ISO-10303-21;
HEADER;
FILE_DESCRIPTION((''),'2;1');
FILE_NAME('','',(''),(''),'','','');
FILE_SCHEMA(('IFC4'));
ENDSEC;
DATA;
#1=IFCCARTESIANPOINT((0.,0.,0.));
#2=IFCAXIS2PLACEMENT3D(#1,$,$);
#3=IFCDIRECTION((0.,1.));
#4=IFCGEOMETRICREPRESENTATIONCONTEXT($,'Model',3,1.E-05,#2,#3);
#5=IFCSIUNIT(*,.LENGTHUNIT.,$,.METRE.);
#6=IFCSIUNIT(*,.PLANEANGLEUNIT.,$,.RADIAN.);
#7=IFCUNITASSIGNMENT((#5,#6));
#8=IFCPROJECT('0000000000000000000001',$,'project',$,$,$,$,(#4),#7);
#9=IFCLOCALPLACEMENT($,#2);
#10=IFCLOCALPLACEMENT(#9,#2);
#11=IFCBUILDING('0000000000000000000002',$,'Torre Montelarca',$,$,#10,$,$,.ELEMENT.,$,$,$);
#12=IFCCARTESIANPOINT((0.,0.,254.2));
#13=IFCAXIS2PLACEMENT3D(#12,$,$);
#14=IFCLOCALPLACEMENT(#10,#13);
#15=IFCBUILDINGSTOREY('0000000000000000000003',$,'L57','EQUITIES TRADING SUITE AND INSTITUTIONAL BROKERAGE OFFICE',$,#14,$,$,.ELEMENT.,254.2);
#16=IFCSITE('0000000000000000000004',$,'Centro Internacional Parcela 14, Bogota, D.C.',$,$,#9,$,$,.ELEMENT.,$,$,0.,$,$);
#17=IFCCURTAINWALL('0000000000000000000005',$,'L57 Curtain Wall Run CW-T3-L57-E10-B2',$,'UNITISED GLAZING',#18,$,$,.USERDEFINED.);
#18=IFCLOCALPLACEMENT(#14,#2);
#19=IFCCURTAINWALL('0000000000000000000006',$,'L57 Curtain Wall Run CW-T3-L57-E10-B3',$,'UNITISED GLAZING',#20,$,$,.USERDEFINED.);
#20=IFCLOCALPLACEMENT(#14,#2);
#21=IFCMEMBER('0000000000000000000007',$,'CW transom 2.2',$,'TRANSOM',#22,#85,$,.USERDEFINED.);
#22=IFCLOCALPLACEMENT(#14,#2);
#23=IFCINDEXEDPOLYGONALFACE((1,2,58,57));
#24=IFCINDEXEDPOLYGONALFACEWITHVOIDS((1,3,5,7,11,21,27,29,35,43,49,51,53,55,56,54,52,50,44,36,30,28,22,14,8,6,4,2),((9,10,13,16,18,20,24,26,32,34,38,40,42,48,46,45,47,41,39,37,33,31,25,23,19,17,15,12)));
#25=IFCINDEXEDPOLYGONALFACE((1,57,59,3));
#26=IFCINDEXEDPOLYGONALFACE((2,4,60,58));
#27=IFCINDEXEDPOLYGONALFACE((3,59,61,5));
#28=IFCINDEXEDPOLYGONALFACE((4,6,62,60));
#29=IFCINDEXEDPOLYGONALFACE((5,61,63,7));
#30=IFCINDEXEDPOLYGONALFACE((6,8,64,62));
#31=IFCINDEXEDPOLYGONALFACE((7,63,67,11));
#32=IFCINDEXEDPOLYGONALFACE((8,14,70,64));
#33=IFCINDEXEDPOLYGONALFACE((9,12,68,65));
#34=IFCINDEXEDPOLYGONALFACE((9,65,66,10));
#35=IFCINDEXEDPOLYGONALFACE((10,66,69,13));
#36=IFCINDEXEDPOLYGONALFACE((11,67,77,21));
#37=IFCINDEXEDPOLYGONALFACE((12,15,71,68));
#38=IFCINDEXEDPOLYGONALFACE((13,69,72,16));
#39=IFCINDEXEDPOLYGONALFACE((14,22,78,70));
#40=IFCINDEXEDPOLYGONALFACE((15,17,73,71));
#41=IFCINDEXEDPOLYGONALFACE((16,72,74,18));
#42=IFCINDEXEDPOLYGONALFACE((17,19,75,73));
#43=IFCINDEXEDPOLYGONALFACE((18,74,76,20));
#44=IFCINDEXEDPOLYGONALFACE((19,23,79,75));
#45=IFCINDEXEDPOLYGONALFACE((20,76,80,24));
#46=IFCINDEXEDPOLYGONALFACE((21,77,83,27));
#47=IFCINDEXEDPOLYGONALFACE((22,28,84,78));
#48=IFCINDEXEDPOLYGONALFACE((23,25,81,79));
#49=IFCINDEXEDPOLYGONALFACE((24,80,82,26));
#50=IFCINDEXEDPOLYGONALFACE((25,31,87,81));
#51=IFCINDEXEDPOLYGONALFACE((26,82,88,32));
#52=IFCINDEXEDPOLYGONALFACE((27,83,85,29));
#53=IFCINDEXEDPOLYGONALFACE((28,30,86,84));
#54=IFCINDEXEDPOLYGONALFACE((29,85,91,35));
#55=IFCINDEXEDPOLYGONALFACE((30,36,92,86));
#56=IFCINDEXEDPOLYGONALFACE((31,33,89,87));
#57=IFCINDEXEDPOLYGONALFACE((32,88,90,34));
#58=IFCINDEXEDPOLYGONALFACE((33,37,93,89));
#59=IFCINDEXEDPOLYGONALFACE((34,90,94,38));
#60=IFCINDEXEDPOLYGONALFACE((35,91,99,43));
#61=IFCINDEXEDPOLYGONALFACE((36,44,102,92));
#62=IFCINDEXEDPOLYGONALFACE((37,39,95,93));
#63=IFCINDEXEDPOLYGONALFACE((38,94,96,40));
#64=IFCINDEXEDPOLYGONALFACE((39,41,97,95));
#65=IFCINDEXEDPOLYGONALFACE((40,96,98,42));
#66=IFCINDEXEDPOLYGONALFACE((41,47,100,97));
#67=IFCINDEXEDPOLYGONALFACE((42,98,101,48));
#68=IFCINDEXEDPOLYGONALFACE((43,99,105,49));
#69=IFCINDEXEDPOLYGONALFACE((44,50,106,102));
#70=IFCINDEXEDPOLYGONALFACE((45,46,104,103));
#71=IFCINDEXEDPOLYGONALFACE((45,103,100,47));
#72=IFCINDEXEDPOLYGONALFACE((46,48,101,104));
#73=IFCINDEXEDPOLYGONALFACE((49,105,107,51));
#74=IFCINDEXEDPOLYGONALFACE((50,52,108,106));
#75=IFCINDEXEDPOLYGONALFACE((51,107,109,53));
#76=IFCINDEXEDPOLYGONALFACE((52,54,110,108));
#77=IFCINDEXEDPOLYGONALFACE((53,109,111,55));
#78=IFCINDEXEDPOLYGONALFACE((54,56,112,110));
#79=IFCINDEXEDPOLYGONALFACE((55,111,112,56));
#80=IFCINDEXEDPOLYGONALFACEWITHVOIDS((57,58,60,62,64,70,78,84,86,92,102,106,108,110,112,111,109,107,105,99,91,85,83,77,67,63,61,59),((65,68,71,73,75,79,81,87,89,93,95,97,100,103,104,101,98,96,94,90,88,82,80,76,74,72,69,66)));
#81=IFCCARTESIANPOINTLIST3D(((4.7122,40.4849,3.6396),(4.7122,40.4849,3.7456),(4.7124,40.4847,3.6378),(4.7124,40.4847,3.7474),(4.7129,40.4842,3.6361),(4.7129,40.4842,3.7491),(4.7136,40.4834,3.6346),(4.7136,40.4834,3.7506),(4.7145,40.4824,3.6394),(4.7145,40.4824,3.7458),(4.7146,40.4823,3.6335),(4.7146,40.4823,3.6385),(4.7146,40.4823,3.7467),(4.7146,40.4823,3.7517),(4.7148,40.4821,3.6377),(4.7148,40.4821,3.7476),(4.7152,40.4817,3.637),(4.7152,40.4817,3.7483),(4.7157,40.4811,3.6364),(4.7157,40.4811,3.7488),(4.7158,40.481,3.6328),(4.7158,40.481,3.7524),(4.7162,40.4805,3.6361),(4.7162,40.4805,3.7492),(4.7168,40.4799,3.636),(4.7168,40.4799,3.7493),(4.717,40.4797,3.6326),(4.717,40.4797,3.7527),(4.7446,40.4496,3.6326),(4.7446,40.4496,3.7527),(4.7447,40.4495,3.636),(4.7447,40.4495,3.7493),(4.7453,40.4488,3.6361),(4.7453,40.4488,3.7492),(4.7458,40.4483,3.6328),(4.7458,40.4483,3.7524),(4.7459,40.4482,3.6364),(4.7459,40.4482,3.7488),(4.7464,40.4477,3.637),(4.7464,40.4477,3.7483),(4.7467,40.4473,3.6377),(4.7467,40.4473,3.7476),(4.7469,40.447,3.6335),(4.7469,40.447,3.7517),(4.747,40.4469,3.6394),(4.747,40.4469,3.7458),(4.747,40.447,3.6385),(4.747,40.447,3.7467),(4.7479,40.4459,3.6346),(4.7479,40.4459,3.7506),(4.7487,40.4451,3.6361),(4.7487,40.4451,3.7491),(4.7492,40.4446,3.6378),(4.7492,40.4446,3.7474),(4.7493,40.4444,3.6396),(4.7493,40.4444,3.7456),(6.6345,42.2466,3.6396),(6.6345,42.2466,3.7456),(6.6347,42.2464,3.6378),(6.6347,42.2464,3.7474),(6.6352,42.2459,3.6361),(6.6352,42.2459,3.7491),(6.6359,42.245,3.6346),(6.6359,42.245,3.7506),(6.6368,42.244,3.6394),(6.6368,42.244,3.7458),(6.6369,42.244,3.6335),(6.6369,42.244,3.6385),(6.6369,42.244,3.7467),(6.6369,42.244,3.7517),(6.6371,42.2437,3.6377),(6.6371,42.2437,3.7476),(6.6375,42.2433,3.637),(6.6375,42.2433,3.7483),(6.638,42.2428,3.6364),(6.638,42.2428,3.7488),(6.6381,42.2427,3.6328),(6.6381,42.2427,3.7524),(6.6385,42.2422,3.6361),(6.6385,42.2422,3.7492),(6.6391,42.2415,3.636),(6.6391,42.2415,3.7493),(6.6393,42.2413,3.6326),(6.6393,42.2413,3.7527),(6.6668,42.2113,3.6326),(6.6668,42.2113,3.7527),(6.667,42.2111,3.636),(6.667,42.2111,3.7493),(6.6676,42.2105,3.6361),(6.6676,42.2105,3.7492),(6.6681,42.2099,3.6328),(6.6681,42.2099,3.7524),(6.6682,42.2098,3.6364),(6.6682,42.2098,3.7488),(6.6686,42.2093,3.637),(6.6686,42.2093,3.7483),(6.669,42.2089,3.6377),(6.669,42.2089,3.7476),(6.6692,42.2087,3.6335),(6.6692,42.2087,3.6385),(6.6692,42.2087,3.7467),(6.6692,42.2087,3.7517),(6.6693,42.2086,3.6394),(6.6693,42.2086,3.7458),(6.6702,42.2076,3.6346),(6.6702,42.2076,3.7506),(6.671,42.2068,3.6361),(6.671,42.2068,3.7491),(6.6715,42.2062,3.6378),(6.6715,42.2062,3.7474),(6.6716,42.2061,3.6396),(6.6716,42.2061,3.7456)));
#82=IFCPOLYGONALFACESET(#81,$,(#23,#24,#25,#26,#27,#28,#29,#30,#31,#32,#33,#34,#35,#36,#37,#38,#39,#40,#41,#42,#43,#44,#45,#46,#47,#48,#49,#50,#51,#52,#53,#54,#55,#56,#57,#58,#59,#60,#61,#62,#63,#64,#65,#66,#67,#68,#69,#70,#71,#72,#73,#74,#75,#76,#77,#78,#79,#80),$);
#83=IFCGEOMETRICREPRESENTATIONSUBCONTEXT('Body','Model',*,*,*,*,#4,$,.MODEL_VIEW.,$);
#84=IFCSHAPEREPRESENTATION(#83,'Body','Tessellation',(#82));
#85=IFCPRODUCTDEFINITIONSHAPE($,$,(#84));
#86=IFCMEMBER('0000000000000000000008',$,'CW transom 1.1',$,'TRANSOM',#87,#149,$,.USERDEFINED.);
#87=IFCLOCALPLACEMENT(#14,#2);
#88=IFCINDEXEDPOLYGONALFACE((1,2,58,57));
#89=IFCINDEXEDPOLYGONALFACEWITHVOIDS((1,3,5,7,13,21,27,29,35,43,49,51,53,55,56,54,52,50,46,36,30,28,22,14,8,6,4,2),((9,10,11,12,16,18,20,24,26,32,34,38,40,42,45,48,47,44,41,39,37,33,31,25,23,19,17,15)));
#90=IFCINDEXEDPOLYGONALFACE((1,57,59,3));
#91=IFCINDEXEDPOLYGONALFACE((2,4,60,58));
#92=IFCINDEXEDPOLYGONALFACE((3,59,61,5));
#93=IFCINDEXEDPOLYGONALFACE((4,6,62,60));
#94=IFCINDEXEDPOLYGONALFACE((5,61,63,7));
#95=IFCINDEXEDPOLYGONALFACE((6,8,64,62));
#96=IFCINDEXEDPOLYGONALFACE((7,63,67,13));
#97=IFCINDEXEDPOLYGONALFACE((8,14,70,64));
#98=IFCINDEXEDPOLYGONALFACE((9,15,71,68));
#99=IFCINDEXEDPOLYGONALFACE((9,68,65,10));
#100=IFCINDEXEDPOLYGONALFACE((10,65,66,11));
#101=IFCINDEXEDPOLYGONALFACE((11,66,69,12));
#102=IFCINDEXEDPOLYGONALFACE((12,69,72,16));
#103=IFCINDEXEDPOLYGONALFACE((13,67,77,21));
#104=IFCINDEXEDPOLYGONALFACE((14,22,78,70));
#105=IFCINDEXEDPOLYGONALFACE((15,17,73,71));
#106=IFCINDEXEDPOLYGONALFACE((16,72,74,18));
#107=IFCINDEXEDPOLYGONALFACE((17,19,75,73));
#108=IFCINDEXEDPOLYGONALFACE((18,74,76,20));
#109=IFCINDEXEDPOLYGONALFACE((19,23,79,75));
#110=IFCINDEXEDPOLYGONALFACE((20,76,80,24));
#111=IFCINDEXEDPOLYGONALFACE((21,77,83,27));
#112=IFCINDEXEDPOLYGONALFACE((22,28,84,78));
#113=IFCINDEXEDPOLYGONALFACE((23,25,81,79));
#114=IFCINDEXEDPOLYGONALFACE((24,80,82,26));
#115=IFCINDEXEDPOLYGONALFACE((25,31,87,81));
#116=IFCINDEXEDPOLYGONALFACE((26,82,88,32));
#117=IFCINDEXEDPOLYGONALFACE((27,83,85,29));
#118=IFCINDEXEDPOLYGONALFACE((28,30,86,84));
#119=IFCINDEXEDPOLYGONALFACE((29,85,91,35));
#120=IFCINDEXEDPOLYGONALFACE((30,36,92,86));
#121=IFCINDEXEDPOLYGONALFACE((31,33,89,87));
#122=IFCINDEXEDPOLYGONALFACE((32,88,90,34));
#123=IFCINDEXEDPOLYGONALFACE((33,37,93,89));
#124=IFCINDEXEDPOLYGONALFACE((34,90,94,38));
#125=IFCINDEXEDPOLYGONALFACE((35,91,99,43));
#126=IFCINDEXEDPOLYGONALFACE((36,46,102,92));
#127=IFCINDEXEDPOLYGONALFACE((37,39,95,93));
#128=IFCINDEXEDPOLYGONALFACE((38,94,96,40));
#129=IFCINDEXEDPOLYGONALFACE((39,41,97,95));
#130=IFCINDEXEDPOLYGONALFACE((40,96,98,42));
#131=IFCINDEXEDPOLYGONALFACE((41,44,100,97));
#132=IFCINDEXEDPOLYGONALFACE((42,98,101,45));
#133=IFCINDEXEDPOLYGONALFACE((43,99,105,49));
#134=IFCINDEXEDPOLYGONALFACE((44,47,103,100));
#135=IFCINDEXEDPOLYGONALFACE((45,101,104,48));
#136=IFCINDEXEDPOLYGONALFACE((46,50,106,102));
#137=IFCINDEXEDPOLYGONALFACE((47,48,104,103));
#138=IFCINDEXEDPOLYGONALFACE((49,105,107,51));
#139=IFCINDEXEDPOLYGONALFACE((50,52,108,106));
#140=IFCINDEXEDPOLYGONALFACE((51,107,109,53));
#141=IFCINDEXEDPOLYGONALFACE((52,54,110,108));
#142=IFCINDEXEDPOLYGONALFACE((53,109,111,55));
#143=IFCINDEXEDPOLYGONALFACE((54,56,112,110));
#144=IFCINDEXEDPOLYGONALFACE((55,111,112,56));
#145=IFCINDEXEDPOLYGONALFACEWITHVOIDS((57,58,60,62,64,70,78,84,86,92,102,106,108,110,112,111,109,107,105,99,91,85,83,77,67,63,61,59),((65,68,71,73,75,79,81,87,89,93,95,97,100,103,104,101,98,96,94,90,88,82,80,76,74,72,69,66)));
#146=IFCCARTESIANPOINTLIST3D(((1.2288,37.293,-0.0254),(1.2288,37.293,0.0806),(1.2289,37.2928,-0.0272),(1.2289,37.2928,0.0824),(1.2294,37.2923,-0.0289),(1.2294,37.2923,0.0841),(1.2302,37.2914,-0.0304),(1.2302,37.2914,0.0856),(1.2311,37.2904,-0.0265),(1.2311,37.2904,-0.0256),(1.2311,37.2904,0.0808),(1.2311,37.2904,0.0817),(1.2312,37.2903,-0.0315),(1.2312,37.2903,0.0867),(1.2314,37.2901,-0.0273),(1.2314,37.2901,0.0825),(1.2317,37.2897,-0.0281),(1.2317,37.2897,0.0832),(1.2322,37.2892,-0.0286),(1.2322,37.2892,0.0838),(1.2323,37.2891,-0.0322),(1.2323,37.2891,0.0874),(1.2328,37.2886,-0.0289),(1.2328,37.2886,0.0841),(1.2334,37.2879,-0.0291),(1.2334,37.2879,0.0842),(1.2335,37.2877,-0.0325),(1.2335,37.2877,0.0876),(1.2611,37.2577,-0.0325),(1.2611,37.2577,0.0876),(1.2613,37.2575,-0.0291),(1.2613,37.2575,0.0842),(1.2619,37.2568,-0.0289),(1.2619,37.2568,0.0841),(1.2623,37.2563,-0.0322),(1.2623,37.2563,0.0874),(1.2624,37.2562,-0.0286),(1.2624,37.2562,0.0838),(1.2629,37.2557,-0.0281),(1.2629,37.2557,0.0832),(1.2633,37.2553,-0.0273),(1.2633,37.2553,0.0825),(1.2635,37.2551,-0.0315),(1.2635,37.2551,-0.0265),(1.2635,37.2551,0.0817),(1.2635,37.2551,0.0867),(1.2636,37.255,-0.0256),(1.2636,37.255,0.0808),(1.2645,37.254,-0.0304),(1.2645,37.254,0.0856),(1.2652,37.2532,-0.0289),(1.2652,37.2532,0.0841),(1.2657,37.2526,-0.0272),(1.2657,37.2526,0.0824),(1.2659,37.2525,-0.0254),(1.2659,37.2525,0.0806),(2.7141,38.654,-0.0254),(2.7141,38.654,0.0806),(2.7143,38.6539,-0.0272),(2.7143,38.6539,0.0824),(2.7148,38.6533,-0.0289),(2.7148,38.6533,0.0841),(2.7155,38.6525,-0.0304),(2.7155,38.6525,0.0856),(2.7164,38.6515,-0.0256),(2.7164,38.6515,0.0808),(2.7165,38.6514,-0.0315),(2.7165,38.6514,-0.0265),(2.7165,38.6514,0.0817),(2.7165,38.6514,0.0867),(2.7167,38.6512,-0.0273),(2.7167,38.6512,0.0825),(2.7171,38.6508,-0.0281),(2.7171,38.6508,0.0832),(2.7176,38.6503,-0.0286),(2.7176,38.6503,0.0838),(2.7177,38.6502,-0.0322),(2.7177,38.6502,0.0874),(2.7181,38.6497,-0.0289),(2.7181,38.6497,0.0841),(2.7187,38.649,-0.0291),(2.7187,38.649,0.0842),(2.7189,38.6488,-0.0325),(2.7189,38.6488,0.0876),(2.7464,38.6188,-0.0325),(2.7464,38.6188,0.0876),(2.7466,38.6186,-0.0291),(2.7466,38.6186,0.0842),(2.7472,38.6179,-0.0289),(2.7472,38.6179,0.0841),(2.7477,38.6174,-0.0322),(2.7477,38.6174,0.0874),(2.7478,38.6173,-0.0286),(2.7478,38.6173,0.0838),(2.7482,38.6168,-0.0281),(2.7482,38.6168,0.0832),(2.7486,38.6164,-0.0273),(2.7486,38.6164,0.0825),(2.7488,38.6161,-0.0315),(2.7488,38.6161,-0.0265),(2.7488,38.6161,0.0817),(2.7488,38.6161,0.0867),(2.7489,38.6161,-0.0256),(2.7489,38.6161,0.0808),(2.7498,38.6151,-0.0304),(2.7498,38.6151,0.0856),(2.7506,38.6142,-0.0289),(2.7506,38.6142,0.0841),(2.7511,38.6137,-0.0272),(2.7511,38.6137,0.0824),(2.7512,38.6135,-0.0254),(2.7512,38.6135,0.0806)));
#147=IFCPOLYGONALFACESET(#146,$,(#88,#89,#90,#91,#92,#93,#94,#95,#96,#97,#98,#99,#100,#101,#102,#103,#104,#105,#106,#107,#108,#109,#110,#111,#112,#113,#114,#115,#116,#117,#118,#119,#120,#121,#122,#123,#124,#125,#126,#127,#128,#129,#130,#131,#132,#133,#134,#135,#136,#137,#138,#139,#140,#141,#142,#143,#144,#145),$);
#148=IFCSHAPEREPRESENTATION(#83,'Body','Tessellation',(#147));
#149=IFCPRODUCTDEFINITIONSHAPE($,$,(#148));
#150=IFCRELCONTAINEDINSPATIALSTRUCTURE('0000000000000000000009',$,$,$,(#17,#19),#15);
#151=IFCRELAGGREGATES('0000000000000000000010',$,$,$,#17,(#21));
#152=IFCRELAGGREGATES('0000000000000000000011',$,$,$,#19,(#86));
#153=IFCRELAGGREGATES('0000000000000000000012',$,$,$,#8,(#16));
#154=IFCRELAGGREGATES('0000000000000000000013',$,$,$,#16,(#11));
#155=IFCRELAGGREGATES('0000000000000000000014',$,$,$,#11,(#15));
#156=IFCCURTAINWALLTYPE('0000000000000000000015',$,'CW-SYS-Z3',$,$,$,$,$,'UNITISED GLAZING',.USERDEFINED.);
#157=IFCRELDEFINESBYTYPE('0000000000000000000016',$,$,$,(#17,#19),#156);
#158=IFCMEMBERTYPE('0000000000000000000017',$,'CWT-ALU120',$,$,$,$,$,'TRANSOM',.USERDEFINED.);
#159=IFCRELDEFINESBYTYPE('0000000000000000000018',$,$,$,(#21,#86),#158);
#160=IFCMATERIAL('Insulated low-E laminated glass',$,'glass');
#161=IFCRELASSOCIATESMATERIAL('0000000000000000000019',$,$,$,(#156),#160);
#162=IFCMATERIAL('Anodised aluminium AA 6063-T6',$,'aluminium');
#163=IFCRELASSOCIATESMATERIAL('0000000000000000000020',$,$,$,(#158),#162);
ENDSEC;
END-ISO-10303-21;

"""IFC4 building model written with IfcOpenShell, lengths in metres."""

from ifc_helpers import new_model, si_unit, direction, frame, origin, origin_2d, place, context, subcontext, project, spatial, hollow_rectangle, extrude, source, transform, mapped, material, material_profile, profile_set, type_object, element, aggregate, save


model = new_model("IFC4")

# Units and contexts
model_context = context("Model", 3, precision=1e-05, world=origin(), true_north=direction((0.0, 1.0)))
body_context = subcontext(model_context, "Body", "Model", "MODEL_VIEW")
ifc_project = project(units=[si_unit("LENGTHUNIT", "METRE"), si_unit("PLANEANGLEUNIT", "RADIAN")], contexts=[model_context])

# Site, building, storey
site_placement = place(None, origin())
site = spatial("IfcSite", under=ifc_project, at=site_placement, Name="Centro Internacional Parcela 14, Bogota, D.C.", CompositionType="ELEMENT", RefElevation=0.0)
building_placement = place(site_placement, origin())
building = spatial("IfcBuilding", under=site, at=building_placement, Name="Torre Montelarca", CompositionType="ELEMENT")
storey_placement = place(building_placement, frame((0.0, 0.0, 254.2)))
storey = spatial("IfcBuildingStorey", under=building, at=storey_placement, Name="L57", Description="EQUITIES TRADING SUITE AND INSTITUTIONAL BROKERAGE OFFICE", CompositionType="ELEMENT", Elevation=254.2)

# Curtain walls
ifc_material_1 = material(Name="Insulated low-E laminated glass", Category="glass")
curtain_wall_type = type_object("IfcCurtainWallType", Name="CW-SYS-Z3", ElementType="UNITISED GLAZING", PredefinedType="USERDEFINED", material=ifc_material_1)
ifc_material_2 = material(Name="Anodised aluminium AA 6063-T6", Category="aluminium")
curtain_wall_1_placement = place(storey_placement, origin())
curtain_wall_1 = element("IfcCurtainWall", 1, at=curtain_wall_1_placement, inside=storey, type_object=curtain_wall_type, Name="L57 Curtain Wall Run CW-T3-L57-E10-B2", ObjectType="UNITISED GLAZING", PredefinedType="USERDEFINED")
curtain_wall_2_placement = place(storey_placement, origin())
curtain_wall_2 = element("IfcCurtainWall", 2, at=curtain_wall_2_placement, inside=storey, type_object=curtain_wall_type, Name="L57 Curtain Wall Run CW-T3-L57-E10-B3", ObjectType="UNITISED GLAZING", PredefinedType="USERDEFINED")

# Members
ifc_material_profile_1 = material_profile(ifc_material_2, hollow_rectangle(XDim=0.0549, YDim=0.1201, WallThickness=0.0034, InnerFilletRadius=0.0034, OuterFilletRadius=0.0071, at=origin_2d()), Name="ALU55X120X3.5", Category="aluminium")
ifc_profile_set_1 = profile_set([ifc_material_profile_1], Name="Anodised aluminium AA 6063-T6")
member_type_1 = type_object("IfcMemberType", Name="CWT-ALU120", ElementType="TRANSOM", PredefinedType="USERDEFINED", material=ifc_profile_set_1)
shared_shape_1 = source(origin(), body_context, "Body", "SweptSolid", [
    extrude(hollow_rectangle(XDim=0.0549, YDim=0.1201, WallThickness=0.0034, InnerFilletRadius=0.0034, OuterFilletRadius=0.0071, at=origin_2d()), origin(), (0.0, 0.0, 1.0), 2.6074),
])
member_1_placement = place(storey_placement, frame((6.6531, 42.2263, 3.6926), z_axis=(-0.73724, -0.675631, 0.0), x_axis=(0.675631, -0.73724, 0.0)))
member_1 = element("IfcMember", 3, at=member_1_placement, type_object=member_type_1, Name="CW transom 2.2", ObjectType="TRANSOM", PredefinedType="USERDEFINED", context=body_context, shape_type="MappedRepresentation", body=[
    mapped(shared_shape_1, transform((0.0, 0.0, 0.0), scale=1.0)),
])
shared_shape_2 = source(origin(), body_context, "Body", "SweptSolid", [
    extrude(hollow_rectangle(XDim=0.0549, YDim=0.1201, WallThickness=0.0034, InnerFilletRadius=0.0034, OuterFilletRadius=0.0071, at=origin_2d()), origin(), (0.0, 0.0, 1.0), 2.0146),
])
member_2_placement = place(storey_placement, frame((2.7327, 38.6338, 0.0276), z_axis=(-0.737275, -0.675593, 0.0), x_axis=(0.675593, -0.737275, 0.0)))
member_2 = element("IfcMember", 4, at=member_2_placement, type_object=member_type_1, Name="CW transom 1.1", ObjectType="TRANSOM", PredefinedType="USERDEFINED", context=body_context, shape_type="MappedRepresentation", body=[
    mapped(shared_shape_2, transform((0.0, 0.0, 0.0), scale=1.0)),
])

aggregate(curtain_wall_1, [member_1])
aggregate(curtain_wall_2, [member_2])

save(model, "model.ifc")
